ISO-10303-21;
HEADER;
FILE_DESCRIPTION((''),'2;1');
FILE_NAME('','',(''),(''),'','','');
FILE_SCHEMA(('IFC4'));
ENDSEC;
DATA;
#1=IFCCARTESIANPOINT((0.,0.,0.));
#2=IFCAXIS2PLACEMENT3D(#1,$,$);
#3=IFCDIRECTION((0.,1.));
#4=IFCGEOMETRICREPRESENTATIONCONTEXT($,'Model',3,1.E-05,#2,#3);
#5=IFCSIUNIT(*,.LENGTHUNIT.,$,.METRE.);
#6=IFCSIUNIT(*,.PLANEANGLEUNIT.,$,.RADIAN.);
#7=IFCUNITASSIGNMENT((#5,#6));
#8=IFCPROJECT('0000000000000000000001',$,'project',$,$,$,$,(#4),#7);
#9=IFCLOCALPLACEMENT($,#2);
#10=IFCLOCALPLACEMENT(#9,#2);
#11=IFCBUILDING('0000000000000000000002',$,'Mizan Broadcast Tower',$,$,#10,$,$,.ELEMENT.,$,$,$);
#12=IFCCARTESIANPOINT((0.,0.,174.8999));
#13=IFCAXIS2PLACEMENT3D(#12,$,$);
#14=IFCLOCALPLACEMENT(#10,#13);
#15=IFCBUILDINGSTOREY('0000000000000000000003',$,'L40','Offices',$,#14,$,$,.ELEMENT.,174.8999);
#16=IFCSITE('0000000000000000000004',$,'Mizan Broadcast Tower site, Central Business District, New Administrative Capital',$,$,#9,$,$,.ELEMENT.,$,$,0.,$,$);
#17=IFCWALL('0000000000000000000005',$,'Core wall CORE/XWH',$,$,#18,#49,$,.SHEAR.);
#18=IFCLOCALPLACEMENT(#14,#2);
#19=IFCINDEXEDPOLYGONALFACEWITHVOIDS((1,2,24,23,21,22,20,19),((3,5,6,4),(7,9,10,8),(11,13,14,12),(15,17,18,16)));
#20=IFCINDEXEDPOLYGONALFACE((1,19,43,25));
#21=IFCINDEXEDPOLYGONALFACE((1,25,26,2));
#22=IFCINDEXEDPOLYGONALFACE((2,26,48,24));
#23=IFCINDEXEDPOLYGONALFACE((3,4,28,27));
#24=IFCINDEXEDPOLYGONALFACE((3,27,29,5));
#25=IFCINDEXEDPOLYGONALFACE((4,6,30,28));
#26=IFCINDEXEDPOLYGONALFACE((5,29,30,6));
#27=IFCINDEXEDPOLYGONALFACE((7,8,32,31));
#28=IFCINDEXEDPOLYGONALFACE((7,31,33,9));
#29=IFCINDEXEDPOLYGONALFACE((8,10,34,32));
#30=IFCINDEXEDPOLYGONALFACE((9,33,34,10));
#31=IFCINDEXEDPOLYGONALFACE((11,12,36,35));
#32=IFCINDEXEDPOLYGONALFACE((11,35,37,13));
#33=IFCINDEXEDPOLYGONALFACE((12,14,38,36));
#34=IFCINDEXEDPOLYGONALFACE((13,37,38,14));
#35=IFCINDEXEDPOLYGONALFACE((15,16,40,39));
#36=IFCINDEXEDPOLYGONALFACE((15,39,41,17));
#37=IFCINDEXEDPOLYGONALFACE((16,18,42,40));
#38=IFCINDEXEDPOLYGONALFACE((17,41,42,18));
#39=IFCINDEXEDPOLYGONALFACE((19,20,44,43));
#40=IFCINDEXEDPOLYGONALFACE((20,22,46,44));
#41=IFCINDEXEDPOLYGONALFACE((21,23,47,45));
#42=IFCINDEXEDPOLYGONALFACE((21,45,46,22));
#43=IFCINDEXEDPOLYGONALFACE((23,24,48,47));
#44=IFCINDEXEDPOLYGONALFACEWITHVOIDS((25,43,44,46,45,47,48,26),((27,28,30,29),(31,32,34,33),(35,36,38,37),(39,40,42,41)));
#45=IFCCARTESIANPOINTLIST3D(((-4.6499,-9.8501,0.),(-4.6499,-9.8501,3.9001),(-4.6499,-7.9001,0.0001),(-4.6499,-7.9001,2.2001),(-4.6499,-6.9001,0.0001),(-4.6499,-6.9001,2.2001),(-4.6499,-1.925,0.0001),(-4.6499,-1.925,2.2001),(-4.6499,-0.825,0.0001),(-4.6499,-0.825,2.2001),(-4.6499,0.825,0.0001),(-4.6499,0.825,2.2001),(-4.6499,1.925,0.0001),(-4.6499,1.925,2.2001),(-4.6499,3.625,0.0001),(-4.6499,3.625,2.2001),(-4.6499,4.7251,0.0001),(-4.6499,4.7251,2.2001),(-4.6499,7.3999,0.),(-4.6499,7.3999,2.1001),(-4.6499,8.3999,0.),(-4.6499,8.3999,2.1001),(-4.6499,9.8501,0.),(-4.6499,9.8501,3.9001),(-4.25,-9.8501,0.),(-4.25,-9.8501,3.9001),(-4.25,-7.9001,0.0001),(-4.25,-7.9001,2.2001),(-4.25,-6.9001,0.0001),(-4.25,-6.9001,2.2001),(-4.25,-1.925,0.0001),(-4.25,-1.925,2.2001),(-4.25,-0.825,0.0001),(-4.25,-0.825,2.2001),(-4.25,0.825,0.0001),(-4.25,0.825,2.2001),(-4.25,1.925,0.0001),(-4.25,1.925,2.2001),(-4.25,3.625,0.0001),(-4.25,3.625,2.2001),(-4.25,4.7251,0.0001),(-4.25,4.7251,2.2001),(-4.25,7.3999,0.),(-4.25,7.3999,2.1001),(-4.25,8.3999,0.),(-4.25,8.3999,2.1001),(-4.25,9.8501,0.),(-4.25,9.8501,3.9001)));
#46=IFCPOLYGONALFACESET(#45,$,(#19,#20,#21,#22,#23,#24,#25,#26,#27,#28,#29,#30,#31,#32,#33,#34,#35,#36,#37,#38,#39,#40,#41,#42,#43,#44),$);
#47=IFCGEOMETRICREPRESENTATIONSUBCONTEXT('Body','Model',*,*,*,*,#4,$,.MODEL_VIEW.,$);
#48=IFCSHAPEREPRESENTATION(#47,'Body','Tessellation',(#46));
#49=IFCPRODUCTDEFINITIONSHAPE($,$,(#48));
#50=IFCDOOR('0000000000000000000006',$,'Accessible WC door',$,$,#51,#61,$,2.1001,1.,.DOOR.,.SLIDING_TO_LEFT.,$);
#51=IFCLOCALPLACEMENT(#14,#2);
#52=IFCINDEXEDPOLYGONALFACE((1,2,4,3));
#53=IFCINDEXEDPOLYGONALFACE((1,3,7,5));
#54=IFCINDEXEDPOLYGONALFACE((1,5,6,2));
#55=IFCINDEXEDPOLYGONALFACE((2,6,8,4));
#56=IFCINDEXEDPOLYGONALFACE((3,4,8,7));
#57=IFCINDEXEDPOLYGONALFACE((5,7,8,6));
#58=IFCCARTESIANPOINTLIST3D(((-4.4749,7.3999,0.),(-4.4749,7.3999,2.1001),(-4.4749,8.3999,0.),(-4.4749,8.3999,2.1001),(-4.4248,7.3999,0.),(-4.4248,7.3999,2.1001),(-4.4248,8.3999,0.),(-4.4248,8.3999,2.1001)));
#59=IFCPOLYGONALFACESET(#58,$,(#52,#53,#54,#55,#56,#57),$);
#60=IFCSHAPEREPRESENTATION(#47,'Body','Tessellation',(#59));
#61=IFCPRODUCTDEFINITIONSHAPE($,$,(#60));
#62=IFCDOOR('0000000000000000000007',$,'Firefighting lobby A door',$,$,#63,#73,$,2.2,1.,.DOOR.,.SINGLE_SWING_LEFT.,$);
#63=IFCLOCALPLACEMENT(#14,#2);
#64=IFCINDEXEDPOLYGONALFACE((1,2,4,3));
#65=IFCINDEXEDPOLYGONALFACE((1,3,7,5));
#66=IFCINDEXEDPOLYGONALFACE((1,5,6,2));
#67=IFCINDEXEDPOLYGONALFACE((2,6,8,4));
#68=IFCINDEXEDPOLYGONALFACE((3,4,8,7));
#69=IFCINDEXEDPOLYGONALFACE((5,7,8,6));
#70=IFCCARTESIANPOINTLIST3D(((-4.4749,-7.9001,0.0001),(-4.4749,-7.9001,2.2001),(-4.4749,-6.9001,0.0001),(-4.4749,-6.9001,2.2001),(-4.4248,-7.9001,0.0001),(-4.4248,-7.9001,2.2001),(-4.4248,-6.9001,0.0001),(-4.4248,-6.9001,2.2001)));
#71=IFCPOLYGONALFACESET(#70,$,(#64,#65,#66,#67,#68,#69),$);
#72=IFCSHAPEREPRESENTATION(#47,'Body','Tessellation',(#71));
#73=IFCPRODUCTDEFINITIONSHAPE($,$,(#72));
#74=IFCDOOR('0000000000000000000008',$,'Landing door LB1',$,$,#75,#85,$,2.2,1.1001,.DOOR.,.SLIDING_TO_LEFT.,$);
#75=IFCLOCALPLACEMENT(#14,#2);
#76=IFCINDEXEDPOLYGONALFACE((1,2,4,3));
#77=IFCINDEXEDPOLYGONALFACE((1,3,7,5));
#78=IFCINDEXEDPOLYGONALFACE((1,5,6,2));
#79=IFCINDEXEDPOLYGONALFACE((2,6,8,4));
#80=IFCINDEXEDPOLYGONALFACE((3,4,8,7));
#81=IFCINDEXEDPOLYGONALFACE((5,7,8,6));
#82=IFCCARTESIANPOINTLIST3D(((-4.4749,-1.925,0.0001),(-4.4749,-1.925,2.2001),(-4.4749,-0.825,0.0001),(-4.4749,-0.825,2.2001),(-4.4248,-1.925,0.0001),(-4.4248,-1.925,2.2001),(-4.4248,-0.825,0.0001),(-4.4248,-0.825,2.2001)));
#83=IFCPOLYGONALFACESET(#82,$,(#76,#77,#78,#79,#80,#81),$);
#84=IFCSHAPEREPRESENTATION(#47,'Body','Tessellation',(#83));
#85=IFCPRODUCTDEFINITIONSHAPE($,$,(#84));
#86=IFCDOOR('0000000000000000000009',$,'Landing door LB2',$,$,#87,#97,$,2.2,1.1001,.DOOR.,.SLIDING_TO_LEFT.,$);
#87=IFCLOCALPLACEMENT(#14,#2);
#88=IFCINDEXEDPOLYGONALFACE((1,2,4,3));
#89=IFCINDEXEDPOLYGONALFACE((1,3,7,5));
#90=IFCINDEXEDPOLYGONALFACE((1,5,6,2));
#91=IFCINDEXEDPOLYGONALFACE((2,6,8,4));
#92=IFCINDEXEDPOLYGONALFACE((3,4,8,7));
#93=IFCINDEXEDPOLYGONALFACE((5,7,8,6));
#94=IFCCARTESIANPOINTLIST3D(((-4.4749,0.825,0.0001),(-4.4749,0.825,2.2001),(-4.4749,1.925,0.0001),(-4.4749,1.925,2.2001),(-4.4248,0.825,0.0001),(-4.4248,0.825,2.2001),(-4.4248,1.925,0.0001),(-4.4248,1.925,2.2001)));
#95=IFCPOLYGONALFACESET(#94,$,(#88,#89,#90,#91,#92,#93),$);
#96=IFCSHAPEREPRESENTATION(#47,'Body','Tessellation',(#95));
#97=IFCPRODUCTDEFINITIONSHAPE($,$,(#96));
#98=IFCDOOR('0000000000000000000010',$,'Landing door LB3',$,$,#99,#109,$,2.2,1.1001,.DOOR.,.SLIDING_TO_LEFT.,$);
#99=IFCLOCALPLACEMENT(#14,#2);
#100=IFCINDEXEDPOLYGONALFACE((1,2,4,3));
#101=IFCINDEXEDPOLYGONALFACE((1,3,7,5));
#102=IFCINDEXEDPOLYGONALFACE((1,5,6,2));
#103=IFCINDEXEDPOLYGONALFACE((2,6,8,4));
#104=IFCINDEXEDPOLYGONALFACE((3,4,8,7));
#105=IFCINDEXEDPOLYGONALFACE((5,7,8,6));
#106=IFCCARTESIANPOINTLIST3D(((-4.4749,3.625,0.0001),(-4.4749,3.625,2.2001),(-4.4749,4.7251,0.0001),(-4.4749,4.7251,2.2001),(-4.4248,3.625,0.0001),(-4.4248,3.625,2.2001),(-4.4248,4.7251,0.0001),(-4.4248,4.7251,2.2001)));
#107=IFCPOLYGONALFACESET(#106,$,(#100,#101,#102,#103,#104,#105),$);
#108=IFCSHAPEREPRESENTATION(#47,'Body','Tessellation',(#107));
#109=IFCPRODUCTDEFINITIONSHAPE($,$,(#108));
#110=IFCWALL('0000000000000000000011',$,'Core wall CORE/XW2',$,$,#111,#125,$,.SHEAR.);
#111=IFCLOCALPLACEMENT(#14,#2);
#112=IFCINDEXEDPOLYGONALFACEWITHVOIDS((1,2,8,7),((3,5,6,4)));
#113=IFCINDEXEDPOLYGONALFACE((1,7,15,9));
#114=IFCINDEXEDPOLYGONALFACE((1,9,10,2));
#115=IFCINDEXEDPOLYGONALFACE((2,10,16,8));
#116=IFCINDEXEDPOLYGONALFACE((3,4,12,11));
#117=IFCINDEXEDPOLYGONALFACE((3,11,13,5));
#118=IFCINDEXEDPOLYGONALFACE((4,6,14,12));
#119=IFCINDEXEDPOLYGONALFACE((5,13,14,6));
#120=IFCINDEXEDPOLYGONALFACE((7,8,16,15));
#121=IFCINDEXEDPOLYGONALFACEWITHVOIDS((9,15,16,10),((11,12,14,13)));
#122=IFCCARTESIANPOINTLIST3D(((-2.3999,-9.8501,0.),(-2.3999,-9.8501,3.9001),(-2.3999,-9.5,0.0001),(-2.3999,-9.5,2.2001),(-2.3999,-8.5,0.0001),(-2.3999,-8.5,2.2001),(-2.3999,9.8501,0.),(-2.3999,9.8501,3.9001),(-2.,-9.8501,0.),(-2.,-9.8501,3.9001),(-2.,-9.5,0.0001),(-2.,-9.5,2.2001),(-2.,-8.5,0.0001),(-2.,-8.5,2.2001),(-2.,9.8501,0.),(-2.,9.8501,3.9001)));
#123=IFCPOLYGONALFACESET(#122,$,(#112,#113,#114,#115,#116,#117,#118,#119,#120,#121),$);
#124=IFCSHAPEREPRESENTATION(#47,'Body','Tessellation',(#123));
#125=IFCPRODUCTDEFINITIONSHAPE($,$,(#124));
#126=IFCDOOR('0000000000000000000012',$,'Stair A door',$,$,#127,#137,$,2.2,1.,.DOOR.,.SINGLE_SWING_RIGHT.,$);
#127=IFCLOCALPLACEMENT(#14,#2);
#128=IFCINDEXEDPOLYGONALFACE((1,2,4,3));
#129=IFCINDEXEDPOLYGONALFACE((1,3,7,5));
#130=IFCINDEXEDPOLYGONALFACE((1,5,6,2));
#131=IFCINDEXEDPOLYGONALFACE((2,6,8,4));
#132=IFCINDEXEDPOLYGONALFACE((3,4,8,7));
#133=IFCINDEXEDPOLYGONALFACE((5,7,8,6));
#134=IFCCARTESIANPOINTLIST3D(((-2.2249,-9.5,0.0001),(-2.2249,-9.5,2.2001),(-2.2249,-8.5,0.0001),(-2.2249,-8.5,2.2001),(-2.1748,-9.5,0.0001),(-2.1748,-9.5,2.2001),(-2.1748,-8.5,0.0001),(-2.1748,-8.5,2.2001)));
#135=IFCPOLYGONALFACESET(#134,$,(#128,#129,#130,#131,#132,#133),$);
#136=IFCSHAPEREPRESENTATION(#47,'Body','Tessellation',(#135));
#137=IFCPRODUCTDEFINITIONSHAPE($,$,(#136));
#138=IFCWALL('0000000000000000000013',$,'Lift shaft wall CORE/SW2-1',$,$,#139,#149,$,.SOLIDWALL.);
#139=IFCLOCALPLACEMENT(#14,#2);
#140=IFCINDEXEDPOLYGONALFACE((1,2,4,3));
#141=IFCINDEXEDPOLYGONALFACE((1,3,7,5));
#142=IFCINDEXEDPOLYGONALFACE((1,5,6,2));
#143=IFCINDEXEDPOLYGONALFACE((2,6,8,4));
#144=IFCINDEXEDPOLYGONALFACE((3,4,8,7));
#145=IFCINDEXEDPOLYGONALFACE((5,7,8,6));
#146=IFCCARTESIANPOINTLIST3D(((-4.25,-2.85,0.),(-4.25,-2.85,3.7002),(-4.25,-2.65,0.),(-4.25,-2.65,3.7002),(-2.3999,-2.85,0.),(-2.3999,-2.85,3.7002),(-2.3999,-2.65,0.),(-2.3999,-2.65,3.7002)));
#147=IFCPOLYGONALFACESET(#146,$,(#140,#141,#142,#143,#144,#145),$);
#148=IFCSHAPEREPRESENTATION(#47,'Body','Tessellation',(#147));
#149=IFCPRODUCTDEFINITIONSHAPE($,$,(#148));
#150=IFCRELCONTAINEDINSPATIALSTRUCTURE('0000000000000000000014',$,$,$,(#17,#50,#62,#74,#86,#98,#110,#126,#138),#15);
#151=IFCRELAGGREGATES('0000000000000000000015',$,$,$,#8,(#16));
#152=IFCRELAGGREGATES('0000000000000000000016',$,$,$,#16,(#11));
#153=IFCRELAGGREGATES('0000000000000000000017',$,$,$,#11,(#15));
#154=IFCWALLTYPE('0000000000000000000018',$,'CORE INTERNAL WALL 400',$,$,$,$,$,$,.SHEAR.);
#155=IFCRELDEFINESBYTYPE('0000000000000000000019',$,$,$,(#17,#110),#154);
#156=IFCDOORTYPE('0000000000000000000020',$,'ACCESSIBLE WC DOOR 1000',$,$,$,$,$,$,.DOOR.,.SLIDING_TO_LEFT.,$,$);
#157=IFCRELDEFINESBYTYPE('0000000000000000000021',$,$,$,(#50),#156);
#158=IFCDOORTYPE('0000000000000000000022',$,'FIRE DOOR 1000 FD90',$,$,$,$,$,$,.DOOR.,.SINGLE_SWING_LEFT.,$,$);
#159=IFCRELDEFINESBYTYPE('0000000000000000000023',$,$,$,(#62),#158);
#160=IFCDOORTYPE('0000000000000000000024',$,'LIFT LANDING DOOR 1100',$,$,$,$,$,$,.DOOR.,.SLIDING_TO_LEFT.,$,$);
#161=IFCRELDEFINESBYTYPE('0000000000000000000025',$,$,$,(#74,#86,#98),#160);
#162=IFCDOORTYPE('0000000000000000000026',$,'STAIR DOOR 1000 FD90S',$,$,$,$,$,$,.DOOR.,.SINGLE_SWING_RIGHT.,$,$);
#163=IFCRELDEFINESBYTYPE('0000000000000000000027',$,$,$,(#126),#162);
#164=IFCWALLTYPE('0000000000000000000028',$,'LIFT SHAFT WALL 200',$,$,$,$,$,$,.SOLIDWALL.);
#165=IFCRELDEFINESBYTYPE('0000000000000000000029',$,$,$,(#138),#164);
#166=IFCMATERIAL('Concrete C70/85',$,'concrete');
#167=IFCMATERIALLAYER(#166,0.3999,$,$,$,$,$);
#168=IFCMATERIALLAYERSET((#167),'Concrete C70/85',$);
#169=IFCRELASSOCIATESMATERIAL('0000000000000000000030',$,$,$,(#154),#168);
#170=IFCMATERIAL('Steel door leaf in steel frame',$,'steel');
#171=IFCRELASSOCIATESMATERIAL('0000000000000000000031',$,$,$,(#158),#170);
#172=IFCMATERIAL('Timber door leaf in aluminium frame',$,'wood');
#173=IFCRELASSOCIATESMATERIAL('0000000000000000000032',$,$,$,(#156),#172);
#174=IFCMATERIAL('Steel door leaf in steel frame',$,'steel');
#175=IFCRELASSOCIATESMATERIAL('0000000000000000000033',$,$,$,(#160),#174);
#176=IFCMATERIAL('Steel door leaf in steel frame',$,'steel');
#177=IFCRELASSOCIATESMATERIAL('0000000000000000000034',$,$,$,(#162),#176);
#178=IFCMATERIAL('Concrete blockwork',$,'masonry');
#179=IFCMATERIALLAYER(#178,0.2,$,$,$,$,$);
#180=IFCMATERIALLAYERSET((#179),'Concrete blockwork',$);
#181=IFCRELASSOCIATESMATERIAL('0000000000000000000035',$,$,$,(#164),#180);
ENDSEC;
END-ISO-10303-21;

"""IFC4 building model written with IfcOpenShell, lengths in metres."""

from ifc_helpers import new_model, si_unit, direction, frame, frame_2d, origin, place, context, subcontext, project, spatial, rectangle, extrude, material, layer, layer_set, type_object, element, fill, save


model = new_model("IFC4")

# Units and contexts
model_context = context("Model", 3, precision=1e-05, world=origin(), true_north=direction((0.0, 1.0)))
body_context = subcontext(model_context, "Body", "Model", "MODEL_VIEW")
ifc_project = project(units=[si_unit("LENGTHUNIT", "METRE"), si_unit("PLANEANGLEUNIT", "RADIAN")], contexts=[model_context])

# Site, building, storey
site_placement = place(None, origin())
site = spatial("IfcSite", under=ifc_project, at=site_placement, Name="Mizan Broadcast Tower site, Central Business District, New Administrative Capital", CompositionType="ELEMENT", RefElevation=0.0)
building_placement = place(site_placement, origin())
building = spatial("IfcBuilding", under=site, at=building_placement, Name="Mizan Broadcast Tower", CompositionType="ELEMENT")
storey_placement = place(building_placement, frame((0.0, 0.0, 174.8999)))
storey = spatial("IfcBuildingStorey", under=building, at=storey_placement, Name="L40", Description="Offices", CompositionType="ELEMENT", Elevation=174.8999)

# Wall, openings, doors
ifc_material_1 = material(Name="Concrete C70/85", Category="concrete")
ifc_layer_1 = layer(ifc_material_1, 0.3999)
ifc_layer_set_1 = layer_set([ifc_layer_1], Name="Concrete C70/85")
wall_type_1 = type_object("IfcWallType", Name="CORE INTERNAL WALL 400", PredefinedType="SHEAR", material=ifc_layer_set_1)
ifc_material_2 = material(Name="Steel door leaf in steel frame", Category="steel")
door_type_1 = type_object("IfcDoorType", Name="FIRE DOOR 1000 FD90", OperationType="SINGLE_SWING_LEFT", PredefinedType="DOOR", material=ifc_material_2)
wall_1_placement = place(storey_placement, frame((-4.45, -9.8501, 0.0), z_axis=(0.0, 0.0, 1.0), x_axis=(0.0, 1.0, 0.0)))
wall_1 = element("IfcWall", 1, at=wall_1_placement, inside=storey, type_object=wall_type_1, Name="Core wall CORE/XWH", PredefinedType="SHEAR", context=body_context, shape_type="SweptSolid", body=[
    extrude(rectangle(XDim=19.7002, YDim=0.3999, at=frame_2d((9.8501, 0.0))), origin(), (0.0, 0.0, 1.0), 3.9001),
])
opening_1_placement = place(wall_1_placement, frame((1.95, 0.0, 0.0)))
opening_1 = element("IfcOpeningElement", 2, at=opening_1_placement, cuts=wall_1, PredefinedType="OPENING", context=body_context, shape_type="SweptSolid", body=[
    extrude(rectangle(XDim=1.0, YDim=2.2, at=frame_2d((0.5, 1.1001))), frame((0.0, 0.21, 0.0), z_axis=(0.0, -1.0, 0.0), x_axis=(1.0, 0.0, 0.0)), (0.0, 0.0, 1.0), 0.4199),
])
opening_2_placement = place(wall_1_placement, frame((17.25, 0.0, 0.0)))
opening_2 = element("IfcOpeningElement", 3, at=opening_2_placement, cuts=wall_1, PredefinedType="OPENING", context=body_context, shape_type="SweptSolid", body=[
    extrude(rectangle(XDim=1.0, YDim=2.1001, at=frame_2d((0.5, 1.05))), frame((0.0, 0.21, 0.0), z_axis=(0.0, -1.0, 0.0), x_axis=(1.0, 0.0, 0.0)), (0.0, 0.0, 1.0), 0.4199),
])
opening_3_placement = place(wall_1_placement, frame((7.925, 0.0, 0.0)))
opening_3 = element("IfcOpeningElement", 4, at=opening_3_placement, cuts=wall_1, PredefinedType="OPENING", context=body_context, shape_type="SweptSolid", body=[
    extrude(rectangle(XDim=1.1001, YDim=2.2, at=frame_2d((0.55, 1.1001))), frame((0.0, 0.21, 0.0), z_axis=(0.0, -1.0, 0.0), x_axis=(1.0, 0.0, 0.0)), (0.0, 0.0, 1.0), 0.4199),
])
opening_4_placement = place(wall_1_placement, frame((10.675, 0.0, 0.0)))
opening_4 = element("IfcOpeningElement", 5, at=opening_4_placement, cuts=wall_1, PredefinedType="OPENING", context=body_context, shape_type="SweptSolid", body=[
    extrude(rectangle(XDim=1.1001, YDim=2.2, at=frame_2d((0.55, 1.1001))), frame((0.0, 0.21, 0.0), z_axis=(0.0, -1.0, 0.0), x_axis=(1.0, 0.0, 0.0)), (0.0, 0.0, 1.0), 0.4199),
])
opening_5_placement = place(wall_1_placement, frame((13.4751, 0.0, 0.0)))
opening_5 = element("IfcOpeningElement", 6, at=opening_5_placement, cuts=wall_1, PredefinedType="OPENING", context=body_context, shape_type="SweptSolid", body=[
    extrude(rectangle(XDim=1.1001, YDim=2.2, at=frame_2d((0.55, 1.1001))), frame((0.0, 0.21, 0.0), z_axis=(0.0, -1.0, 0.0), x_axis=(1.0, 0.0, 0.0)), (0.0, 0.0, 1.0), 0.4199),
])
ifc_material_3 = material(Name="Timber door leaf in aluminium frame", Category="wood")
door_type_2 = type_object("IfcDoorType", Name="ACCESSIBLE WC DOOR 1000", OperationType="SLIDING_TO_LEFT", PredefinedType="DOOR", material=ifc_material_3)
door_1_placement = place(opening_2_placement, origin())
door_1 = element("IfcDoor", 7, at=door_1_placement, inside=storey, type_object=door_type_2, Name="Accessible WC door", OperationType="SLIDING_TO_LEFT", OverallHeight=2.1001, OverallWidth=1.0, PredefinedType="DOOR", context=body_context, shape_type="SweptSolid", body=[
    extrude(rectangle(XDim=1.0, YDim=2.1001, at=frame_2d((0.5, 1.05))), frame((0.0, 0.0249, 0.0), z_axis=(0.0, -1.0, 0.0), x_axis=(1.0, 0.0, 0.0)), (0.0, 0.0, 1.0), 0.05),
])
fill(opening_2, door_1)
door_2_placement = place(opening_1_placement, origin())
door_2 = element("IfcDoor", 8, at=door_2_placement, inside=storey, type_object=door_type_1, Name="Firefighting lobby A door", OperationType="SINGLE_SWING_LEFT", OverallHeight=2.2, OverallWidth=1.0, PredefinedType="DOOR", context=body_context, shape_type="SweptSolid", body=[
    extrude(rectangle(XDim=1.0, YDim=2.2, at=frame_2d((0.5, 1.1001))), frame((0.0, 0.0249, 0.0), z_axis=(0.0, -1.0, 0.0), x_axis=(1.0, 0.0, 0.0)), (0.0, 0.0, 1.0), 0.05),
])
fill(opening_1, door_2)
ifc_material_4 = material(Name="Steel door leaf in steel frame", Category="steel")
door_type_3 = type_object("IfcDoorType", Name="LIFT LANDING DOOR 1100", OperationType="SLIDING_TO_LEFT", PredefinedType="DOOR", material=ifc_material_4)
door_3_placement = place(opening_3_placement, origin())
door_3 = element("IfcDoor", 9, at=door_3_placement, inside=storey, type_object=door_type_3, Name="Landing door LB1", OperationType="SLIDING_TO_LEFT", OverallHeight=2.2, OverallWidth=1.1001, PredefinedType="DOOR", context=body_context, shape_type="SweptSolid", body=[
    extrude(rectangle(XDim=1.1001, YDim=2.2, at=frame_2d((0.55, 1.1001))), frame((0.0, 0.0249, 0.0), z_axis=(0.0, -1.0, 0.0), x_axis=(1.0, 0.0, 0.0)), (0.0, 0.0, 1.0), 0.05),
])
fill(opening_3, door_3)
door_4_placement = place(opening_4_placement, origin())
door_4 = element("IfcDoor", 10, at=door_4_placement, inside=storey, type_object=door_type_3, Name="Landing door LB2", OperationType="SLIDING_TO_LEFT", OverallHeight=2.2, OverallWidth=1.1001, PredefinedType="DOOR", context=body_context, shape_type="SweptSolid", body=[
    extrude(rectangle(XDim=1.1001, YDim=2.2, at=frame_2d((0.55, 1.1001))), frame((0.0, 0.0249, 0.0), z_axis=(0.0, -1.0, 0.0), x_axis=(1.0, 0.0, 0.0)), (0.0, 0.0, 1.0), 0.05),
])
fill(opening_4, door_4)
door_5_placement = place(opening_5_placement, origin())
door_5 = element("IfcDoor", 11, at=door_5_placement, inside=storey, type_object=door_type_3, Name="Landing door LB3", OperationType="SLIDING_TO_LEFT", OverallHeight=2.2, OverallWidth=1.1001, PredefinedType="DOOR", context=body_context, shape_type="SweptSolid", body=[
    extrude(rectangle(XDim=1.1001, YDim=2.2, at=frame_2d((0.55, 1.1001))), frame((0.0, 0.0249, 0.0), z_axis=(0.0, -1.0, 0.0), x_axis=(1.0, 0.0, 0.0)), (0.0, 0.0, 1.0), 0.05),
])
fill(opening_5, door_5)

# Wall, opening, door
wall_2_placement = place(storey_placement, frame((-2.2, -9.8501, 0.0), z_axis=(0.0, 0.0, 1.0), x_axis=(0.0, 1.0, 0.0)))
wall_2 = element("IfcWall", 12, at=wall_2_placement, inside=storey, type_object=wall_type_1, Name="Core wall CORE/XW2", PredefinedType="SHEAR", context=body_context, shape_type="SweptSolid", body=[
    extrude(rectangle(XDim=19.7002, YDim=0.3999, at=frame_2d((9.8501, 0.0))), origin(), (0.0, 0.0, 1.0), 3.9001),
])
opening_6_placement = place(wall_2_placement, frame((0.3501, 0.0, 0.0)))
opening_6 = element("IfcOpeningElement", 13, at=opening_6_placement, cuts=wall_2, PredefinedType="OPENING", context=body_context, shape_type="SweptSolid", body=[
    extrude(rectangle(XDim=1.0, YDim=2.2, at=frame_2d((0.5, 1.1001))), frame((0.0, 0.21, 0.0), z_axis=(0.0, -1.0, 0.0), x_axis=(1.0, 0.0, 0.0)), (0.0, 0.0, 1.0), 0.4199),
])
ifc_material_5 = material(Name="Steel door leaf in steel frame", Category="steel")
door_type_4 = type_object("IfcDoorType", Name="STAIR DOOR 1000 FD90S", OperationType="SINGLE_SWING_RIGHT", PredefinedType="DOOR", material=ifc_material_5)
door_6_placement = place(opening_6_placement, origin())
door_6 = element("IfcDoor", 14, at=door_6_placement, inside=storey, type_object=door_type_4, Name="Stair A door", OperationType="SINGLE_SWING_RIGHT", OverallHeight=2.2, OverallWidth=1.0, PredefinedType="DOOR", context=body_context, shape_type="SweptSolid", body=[
    extrude(rectangle(XDim=1.0, YDim=2.2, at=frame_2d((0.5, 1.1001))), frame((0.0, 0.0249, 0.0), z_axis=(0.0, -1.0, 0.0), x_axis=(1.0, 0.0, 0.0)), (0.0, 0.0, 1.0), 0.05),
])
fill(opening_6, door_6)

# Wall
ifc_material_6 = material(Name="Concrete blockwork", Category="masonry")
ifc_layer_2 = layer(ifc_material_6, 0.2)
ifc_layer_set_2 = layer_set([ifc_layer_2], Name="Concrete blockwork")
wall_type_2 = type_object("IfcWallType", Name="LIFT SHAFT WALL 200", PredefinedType="SOLIDWALL", material=ifc_layer_set_2)
wall_3_placement = place(storey_placement, frame((-4.25, -2.75, 0.0), z_axis=(0.0, 0.0, 1.0), x_axis=(1.0, 0.0, 0.0)))
element("IfcWall", 15, at=wall_3_placement, inside=storey, type_object=wall_type_2, Name="Lift shaft wall CORE/SW2-1", PredefinedType="SOLIDWALL", context=body_context, shape_type="SweptSolid", body=[
    extrude(rectangle(XDim=1.8501, YDim=0.2, at=frame_2d((0.925, 0.0))), origin(), (0.0, 0.0, 1.0), 3.7002),
])

save(model, "model.ifc")
